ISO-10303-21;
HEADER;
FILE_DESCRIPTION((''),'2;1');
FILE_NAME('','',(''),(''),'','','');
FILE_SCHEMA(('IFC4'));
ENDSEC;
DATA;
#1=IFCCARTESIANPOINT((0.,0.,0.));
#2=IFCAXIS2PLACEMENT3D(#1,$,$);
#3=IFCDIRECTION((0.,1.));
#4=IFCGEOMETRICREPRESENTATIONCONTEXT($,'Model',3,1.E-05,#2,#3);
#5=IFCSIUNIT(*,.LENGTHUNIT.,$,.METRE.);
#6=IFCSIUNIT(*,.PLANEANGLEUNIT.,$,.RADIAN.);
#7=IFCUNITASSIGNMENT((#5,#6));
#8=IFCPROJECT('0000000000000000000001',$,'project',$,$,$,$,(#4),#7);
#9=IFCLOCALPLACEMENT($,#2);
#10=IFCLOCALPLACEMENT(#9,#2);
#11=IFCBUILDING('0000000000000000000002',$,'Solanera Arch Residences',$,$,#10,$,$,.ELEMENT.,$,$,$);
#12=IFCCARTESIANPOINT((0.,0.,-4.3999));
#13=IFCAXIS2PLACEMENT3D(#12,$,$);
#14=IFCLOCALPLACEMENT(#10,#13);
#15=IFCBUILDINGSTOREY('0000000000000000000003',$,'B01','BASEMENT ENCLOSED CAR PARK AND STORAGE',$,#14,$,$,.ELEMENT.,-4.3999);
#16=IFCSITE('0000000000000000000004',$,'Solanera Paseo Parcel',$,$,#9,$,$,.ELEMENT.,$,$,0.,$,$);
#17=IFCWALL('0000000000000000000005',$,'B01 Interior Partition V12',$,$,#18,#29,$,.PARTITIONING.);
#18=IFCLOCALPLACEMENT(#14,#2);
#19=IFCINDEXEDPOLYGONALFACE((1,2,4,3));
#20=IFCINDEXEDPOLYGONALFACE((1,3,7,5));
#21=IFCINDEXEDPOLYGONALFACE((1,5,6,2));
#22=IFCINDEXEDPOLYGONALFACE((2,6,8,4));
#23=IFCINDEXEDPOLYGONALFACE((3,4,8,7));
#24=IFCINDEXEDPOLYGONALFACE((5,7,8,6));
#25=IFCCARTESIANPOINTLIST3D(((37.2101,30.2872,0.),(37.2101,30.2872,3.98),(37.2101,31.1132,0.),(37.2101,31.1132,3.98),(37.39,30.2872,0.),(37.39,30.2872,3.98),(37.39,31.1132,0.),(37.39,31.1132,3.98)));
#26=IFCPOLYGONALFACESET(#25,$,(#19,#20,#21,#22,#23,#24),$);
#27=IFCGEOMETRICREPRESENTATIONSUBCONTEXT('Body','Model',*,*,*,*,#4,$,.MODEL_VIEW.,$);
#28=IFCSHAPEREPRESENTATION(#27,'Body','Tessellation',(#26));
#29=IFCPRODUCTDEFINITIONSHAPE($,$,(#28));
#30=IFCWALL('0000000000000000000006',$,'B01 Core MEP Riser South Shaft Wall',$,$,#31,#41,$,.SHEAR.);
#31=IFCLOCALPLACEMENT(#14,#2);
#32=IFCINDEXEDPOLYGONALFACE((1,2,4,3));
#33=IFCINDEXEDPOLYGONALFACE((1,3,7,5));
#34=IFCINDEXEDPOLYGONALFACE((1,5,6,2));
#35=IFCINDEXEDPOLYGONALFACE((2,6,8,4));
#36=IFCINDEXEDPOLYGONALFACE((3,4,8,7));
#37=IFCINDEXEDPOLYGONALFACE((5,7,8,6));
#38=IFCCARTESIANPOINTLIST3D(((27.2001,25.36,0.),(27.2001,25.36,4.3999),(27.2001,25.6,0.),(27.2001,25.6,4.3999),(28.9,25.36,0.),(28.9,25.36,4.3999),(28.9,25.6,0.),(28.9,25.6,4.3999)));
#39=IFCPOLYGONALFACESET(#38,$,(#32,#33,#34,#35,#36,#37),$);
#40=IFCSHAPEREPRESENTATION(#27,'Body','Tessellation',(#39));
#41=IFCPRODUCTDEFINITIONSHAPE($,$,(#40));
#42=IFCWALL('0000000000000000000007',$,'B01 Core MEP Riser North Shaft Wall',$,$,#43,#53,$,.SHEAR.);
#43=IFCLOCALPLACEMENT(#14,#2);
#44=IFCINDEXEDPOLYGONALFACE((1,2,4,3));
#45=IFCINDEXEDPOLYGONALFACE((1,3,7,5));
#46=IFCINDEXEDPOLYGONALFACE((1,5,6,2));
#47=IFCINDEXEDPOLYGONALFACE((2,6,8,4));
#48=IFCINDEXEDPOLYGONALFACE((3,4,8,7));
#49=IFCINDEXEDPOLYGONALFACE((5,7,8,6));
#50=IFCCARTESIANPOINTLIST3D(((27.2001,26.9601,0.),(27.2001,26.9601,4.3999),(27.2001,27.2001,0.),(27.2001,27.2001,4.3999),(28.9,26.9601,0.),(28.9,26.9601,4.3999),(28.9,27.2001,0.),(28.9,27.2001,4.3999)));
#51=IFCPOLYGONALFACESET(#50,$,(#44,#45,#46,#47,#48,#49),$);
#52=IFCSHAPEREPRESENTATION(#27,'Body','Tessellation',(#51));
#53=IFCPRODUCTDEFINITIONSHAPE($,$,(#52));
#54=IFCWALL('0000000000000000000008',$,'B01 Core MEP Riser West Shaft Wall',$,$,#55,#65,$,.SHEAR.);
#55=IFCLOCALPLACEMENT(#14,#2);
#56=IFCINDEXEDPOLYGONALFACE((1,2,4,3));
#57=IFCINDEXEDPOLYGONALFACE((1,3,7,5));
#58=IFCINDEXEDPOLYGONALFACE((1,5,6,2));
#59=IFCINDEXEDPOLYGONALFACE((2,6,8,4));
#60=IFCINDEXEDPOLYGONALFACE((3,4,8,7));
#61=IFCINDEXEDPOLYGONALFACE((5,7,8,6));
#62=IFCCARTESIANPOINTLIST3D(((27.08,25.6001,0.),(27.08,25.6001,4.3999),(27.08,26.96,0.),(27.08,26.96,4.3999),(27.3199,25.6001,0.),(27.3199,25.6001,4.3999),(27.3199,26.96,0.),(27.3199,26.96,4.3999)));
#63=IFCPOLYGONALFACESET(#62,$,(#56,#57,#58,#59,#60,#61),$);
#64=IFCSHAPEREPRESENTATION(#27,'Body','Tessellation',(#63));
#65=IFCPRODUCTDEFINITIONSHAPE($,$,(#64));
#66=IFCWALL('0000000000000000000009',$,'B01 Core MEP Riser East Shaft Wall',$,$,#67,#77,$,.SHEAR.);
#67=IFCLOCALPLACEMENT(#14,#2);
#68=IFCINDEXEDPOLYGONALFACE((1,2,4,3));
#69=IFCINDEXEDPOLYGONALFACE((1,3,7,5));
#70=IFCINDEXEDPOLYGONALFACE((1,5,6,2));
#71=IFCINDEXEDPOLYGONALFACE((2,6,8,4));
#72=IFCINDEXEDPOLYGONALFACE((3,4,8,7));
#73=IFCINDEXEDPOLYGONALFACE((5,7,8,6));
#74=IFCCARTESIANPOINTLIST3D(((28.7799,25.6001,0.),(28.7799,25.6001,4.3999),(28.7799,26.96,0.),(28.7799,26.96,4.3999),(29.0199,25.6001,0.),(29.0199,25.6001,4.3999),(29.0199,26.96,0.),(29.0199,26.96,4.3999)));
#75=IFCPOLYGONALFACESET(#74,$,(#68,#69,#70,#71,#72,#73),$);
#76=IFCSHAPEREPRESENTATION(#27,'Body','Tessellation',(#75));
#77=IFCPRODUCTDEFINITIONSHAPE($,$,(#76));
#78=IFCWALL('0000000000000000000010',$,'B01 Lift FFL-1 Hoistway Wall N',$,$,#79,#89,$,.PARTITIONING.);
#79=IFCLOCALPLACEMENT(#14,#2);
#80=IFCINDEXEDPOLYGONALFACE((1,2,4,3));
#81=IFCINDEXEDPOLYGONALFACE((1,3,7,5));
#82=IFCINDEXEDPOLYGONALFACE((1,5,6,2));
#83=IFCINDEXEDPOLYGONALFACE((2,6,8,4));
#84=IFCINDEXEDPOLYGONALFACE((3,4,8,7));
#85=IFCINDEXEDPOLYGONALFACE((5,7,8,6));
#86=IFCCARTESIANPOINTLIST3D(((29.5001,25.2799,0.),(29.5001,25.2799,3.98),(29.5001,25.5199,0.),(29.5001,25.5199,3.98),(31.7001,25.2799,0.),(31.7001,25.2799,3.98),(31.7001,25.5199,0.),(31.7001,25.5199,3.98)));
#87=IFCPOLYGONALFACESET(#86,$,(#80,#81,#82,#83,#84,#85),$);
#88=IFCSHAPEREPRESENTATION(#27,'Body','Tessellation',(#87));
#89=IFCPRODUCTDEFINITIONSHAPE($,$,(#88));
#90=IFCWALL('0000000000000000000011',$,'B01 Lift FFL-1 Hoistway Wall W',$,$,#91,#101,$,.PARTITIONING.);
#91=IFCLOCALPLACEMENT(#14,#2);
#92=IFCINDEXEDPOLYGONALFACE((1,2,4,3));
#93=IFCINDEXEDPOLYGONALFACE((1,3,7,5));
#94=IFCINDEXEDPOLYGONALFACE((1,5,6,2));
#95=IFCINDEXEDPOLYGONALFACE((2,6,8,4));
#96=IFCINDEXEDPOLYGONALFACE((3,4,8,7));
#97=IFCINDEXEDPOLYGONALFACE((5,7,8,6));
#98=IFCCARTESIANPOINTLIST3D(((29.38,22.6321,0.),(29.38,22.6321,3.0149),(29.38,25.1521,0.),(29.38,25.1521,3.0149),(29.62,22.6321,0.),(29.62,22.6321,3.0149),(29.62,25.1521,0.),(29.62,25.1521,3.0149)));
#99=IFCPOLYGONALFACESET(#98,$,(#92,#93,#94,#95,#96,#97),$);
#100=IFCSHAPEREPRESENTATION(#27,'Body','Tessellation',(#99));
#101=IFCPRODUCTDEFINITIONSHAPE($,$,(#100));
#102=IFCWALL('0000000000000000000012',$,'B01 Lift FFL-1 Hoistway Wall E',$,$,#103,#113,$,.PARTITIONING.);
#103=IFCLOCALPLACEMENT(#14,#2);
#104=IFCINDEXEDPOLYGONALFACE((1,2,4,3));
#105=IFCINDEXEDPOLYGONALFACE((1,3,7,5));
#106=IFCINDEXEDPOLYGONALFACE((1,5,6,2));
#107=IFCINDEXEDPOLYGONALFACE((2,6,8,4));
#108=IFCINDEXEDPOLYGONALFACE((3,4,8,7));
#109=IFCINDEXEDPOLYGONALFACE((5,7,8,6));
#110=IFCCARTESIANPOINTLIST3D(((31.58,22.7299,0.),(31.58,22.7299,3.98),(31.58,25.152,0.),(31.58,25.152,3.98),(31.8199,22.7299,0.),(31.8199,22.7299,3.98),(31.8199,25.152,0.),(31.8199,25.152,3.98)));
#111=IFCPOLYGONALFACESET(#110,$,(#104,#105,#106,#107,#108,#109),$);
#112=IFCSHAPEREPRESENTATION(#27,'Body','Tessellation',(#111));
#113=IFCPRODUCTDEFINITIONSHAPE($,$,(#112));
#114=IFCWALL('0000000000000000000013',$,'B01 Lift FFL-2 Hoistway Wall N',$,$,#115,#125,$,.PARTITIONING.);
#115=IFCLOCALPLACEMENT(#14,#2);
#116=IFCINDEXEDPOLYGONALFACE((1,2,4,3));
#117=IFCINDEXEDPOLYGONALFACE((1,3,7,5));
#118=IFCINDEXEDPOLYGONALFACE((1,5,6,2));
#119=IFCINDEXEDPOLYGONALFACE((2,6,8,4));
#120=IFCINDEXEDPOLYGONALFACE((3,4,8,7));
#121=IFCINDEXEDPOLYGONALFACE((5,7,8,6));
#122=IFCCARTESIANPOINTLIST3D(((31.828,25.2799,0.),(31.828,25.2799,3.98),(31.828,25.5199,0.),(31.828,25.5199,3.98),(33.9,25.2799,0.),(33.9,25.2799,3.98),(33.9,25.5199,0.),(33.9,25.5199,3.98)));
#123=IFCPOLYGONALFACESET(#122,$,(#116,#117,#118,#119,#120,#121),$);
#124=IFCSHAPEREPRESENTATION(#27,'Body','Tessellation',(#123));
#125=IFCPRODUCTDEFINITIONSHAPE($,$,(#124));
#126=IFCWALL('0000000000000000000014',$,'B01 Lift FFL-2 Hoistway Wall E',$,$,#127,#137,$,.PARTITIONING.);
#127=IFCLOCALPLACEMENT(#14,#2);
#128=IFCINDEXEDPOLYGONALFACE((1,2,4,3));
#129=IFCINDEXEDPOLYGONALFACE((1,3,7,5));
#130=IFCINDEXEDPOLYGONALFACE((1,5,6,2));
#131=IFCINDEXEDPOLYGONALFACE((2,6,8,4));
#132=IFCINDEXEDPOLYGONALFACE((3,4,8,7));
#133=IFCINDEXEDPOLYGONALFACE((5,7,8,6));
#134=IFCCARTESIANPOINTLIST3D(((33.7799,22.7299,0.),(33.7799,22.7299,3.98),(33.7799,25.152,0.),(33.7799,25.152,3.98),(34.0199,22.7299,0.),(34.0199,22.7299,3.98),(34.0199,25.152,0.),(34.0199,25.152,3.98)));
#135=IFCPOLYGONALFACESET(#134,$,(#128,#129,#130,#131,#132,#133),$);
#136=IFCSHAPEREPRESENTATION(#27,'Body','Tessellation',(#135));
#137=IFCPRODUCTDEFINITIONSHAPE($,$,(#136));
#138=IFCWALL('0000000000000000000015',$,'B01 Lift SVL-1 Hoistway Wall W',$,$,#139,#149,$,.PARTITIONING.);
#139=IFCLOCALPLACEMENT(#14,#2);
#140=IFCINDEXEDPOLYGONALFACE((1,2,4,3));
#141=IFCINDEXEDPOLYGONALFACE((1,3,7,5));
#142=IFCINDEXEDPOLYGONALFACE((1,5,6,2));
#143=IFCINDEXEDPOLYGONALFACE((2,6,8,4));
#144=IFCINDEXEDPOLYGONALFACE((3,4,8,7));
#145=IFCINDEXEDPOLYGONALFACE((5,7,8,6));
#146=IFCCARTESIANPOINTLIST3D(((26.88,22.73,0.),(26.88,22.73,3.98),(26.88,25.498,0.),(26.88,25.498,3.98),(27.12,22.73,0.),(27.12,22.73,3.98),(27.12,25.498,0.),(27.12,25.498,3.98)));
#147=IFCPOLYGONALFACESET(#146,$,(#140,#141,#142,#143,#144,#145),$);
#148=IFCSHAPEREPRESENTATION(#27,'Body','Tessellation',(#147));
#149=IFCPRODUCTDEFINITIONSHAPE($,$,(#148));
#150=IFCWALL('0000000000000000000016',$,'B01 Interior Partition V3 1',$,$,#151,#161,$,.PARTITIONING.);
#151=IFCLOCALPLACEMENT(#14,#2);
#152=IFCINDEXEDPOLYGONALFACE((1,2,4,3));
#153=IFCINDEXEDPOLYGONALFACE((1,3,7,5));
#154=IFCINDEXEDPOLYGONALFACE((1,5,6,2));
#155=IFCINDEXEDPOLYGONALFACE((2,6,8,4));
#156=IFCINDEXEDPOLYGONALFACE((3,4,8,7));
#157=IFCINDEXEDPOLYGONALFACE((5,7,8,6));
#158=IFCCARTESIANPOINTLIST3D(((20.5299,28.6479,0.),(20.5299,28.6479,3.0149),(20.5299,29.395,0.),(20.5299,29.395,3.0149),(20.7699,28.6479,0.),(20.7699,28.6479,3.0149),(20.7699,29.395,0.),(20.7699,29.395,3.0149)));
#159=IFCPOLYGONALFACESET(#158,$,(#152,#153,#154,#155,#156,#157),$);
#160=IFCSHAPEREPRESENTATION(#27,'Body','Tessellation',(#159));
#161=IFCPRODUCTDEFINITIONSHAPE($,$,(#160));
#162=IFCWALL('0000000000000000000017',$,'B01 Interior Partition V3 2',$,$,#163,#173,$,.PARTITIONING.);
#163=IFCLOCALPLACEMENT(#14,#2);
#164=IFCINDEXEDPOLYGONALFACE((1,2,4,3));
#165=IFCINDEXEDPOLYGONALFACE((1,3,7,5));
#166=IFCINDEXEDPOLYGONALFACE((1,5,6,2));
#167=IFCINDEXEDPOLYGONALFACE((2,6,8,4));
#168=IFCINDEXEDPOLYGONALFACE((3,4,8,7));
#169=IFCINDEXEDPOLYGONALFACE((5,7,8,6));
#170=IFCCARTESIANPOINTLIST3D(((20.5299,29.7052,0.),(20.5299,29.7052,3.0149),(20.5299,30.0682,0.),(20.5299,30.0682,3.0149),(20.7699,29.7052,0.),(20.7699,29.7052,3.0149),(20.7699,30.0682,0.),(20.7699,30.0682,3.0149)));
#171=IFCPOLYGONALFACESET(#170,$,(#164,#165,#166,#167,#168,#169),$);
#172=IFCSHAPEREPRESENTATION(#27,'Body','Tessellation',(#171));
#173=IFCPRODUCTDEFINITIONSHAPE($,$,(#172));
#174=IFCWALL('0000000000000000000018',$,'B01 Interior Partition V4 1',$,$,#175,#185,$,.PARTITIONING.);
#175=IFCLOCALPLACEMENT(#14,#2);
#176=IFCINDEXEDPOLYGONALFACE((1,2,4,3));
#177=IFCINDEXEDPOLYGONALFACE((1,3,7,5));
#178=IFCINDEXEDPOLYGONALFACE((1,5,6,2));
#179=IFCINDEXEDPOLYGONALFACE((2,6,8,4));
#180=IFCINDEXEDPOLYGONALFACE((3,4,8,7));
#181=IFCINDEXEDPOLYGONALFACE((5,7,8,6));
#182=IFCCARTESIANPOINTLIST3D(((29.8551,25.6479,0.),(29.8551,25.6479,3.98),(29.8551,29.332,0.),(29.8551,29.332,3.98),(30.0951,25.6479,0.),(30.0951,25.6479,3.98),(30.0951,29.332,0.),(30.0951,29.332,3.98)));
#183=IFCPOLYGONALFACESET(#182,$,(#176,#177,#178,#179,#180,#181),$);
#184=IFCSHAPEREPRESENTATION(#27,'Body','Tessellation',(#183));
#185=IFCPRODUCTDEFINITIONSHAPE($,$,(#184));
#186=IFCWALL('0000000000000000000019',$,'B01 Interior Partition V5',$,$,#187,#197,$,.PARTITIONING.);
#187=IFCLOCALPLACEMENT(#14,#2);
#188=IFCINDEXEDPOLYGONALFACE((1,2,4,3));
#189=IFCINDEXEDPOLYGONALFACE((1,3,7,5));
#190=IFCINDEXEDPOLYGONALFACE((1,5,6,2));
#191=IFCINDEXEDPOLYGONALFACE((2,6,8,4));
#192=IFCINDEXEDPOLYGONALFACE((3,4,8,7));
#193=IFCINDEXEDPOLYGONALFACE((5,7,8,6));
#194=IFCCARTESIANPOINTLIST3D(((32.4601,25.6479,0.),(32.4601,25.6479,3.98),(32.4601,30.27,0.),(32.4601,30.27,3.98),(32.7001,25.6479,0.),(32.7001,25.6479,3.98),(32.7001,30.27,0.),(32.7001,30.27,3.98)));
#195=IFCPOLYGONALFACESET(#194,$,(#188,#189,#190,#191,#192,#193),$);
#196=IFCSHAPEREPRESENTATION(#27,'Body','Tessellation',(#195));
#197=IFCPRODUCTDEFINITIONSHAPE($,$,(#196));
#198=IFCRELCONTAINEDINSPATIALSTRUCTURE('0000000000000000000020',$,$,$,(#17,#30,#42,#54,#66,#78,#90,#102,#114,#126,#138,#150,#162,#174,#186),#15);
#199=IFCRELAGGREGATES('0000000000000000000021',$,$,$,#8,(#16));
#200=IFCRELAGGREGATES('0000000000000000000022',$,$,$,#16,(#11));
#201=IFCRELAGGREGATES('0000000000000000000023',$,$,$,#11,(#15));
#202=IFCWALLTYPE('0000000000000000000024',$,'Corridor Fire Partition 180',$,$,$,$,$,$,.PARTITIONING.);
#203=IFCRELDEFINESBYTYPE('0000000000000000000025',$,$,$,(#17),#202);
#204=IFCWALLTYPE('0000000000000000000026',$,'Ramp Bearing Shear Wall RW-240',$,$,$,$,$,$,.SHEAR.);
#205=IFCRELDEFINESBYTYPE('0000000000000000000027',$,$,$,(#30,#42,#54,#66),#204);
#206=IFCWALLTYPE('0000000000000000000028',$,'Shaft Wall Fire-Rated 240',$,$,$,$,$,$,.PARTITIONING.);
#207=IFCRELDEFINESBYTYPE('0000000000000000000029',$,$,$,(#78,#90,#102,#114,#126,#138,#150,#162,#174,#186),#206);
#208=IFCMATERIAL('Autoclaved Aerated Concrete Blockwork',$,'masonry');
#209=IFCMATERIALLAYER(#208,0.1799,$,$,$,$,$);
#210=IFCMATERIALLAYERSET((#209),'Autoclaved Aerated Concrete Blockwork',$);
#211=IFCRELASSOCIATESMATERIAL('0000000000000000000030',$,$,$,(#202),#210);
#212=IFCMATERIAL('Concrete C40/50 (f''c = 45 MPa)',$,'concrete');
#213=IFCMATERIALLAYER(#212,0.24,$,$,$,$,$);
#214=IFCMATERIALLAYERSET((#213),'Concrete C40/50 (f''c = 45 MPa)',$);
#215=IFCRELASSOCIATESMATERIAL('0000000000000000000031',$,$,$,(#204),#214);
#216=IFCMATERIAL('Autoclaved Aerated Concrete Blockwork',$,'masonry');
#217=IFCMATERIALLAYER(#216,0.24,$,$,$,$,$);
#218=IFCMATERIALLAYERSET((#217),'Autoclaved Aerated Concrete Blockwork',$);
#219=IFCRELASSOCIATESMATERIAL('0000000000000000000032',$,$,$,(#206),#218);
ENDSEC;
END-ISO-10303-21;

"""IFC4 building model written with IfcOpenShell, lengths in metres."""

from ifc_helpers import new_model, si_unit, direction, frame, frame_2d, origin, place, context, subcontext, project, spatial, rectangle, extrude, material, layer, layer_set, type_object, element, save


model = new_model("IFC4")

# Units and contexts
model_context = context("Model", 3, precision=1e-05, world=origin(), true_north=direction((0.0, 1.0)))
body_context = subcontext(model_context, "Body", "Model", "MODEL_VIEW")
ifc_project = project(units=[si_unit("LENGTHUNIT", "METRE"), si_unit("PLANEANGLEUNIT", "RADIAN")], contexts=[model_context])

# Site, building, storey
site_placement = place(None, origin())
site = spatial("IfcSite", under=ifc_project, at=site_placement, Name="Solanera Paseo Parcel", CompositionType="ELEMENT", RefElevation=0.0)
building_placement = place(site_placement, origin())
building = spatial("IfcBuilding", under=site, at=building_placement, Name="Solanera Arch Residences", CompositionType="ELEMENT")
storey_placement = place(building_placement, frame((0.0, 0.0, -4.3999)))
storey = spatial("IfcBuildingStorey", under=building, at=storey_placement, Name="B01", Description="BASEMENT ENCLOSED CAR PARK AND STORAGE", CompositionType="ELEMENT", Elevation=-4.3999)

# Walls
ifc_material_1 = material(Name="Autoclaved Aerated Concrete Blockwork", Category="masonry")
ifc_layer_1 = layer(ifc_material_1, 0.1799)
ifc_layer_set_1 = layer_set([ifc_layer_1], Name="Autoclaved Aerated Concrete Blockwork")
wall_type_1 = type_object("IfcWallType", Name="Corridor Fire Partition 180", PredefinedType="PARTITIONING", material=ifc_layer_set_1)
wall_1_placement = place(storey_placement, frame((37.3, 30.2871, 0.0), z_axis=(0.0, 0.0, 1.0), x_axis=(0.0, 1.0, 0.0)))
element("IfcWall", 1, at=wall_1_placement, inside=storey, type_object=wall_type_1, Name="B01 Interior Partition V12", PredefinedType="PARTITIONING", context=body_context, shape_type="SweptSolid", body=[
    extrude(rectangle(XDim=0.8259, YDim=0.1799, at=frame_2d((0.4131, 0.0))), origin(), (0.0, 0.0, 1.0), 3.98),
])
ifc_material_2 = material(Name="Concrete C40/50 (f'c = 45 MPa)", Category="concrete")
ifc_layer_2 = layer(ifc_material_2, 0.24)
ifc_layer_set_2 = layer_set([ifc_layer_2], Name="Concrete C40/50 (f'c = 45 MPa)")
wall_type_2 = type_object("IfcWallType", Name="Ramp Bearing Shear Wall RW-240", PredefinedType="SHEAR", material=ifc_layer_set_2)
for number, where, z_axis, x_axis, name in (
    (2, (27.2, 25.48, 0.0), (0.0, 0.0, 1.0), (1.0, 0.0, 0.0), "B01 Core MEP Riser South Shaft Wall"),
    (3, (27.2, 27.0801, 0.0), (0.0, 0.0, 1.0), (1.0, 0.0, 0.0), "B01 Core MEP Riser North Shaft Wall"),
):
    element("IfcWall", number, at=place(storey_placement, frame(where, z_axis=z_axis, x_axis=x_axis)), inside=storey, type_object=wall_type_2, Name=name, PredefinedType="SHEAR", context=body_context, shape_type="SweptSolid", body=[
        extrude(rectangle(XDim=1.7, YDim=0.24, at=frame_2d((0.8501, 0.0))), origin(), (0.0, 0.0, 1.0), 4.3999),
    ])
for number, where, z_axis, x_axis, name in (
    (4, (27.2, 25.6001, 0.0), (0.0, 0.0, 1.0), (0.0, 1.0, 0.0), "B01 Core MEP Riser West Shaft Wall"),
    (5, (28.8999, 25.6001, 0.0), (0.0, 0.0, 1.0), (0.0, 1.0, 0.0), "B01 Core MEP Riser East Shaft Wall"),
):
    element("IfcWall", number, at=place(storey_placement, frame(where, z_axis=z_axis, x_axis=x_axis)), inside=storey, type_object=wall_type_2, Name=name, PredefinedType="SHEAR", context=body_context, shape_type="SweptSolid", body=[
        extrude(rectangle(XDim=1.3599, YDim=0.24, at=frame_2d((0.6799, 0.0))), origin(), (0.0, 0.0, 1.0), 4.3999),
    ])
ifc_material_3 = material(Name="Autoclaved Aerated Concrete Blockwork", Category="masonry")
ifc_layer_3 = layer(ifc_material_3, 0.24)
ifc_layer_set_3 = layer_set([ifc_layer_3], Name="Autoclaved Aerated Concrete Blockwork")
wall_type_3 = type_object("IfcWallType", Name="Shaft Wall Fire-Rated 240", PredefinedType="PARTITIONING", material=ifc_layer_set_3)
wall_2_placement = place(storey_placement, frame((29.5, 25.3999, 0.0), z_axis=(0.0, 0.0, 1.0), x_axis=(1.0, 0.0, 0.0)))
element("IfcWall", 6, at=wall_2_placement, inside=storey, type_object=wall_type_3, Name="B01 Lift FFL-1 Hoistway Wall N", PredefinedType="PARTITIONING", context=body_context, shape_type="SweptSolid", body=[
    extrude(rectangle(XDim=2.2, YDim=0.24, at=frame_2d((1.1001, 0.0))), origin(), (0.0, 0.0, 1.0), 3.98),
])
wall_3_placement = place(storey_placement, frame((29.5, 22.6321, 0.0), z_axis=(0.0, 0.0, 1.0), x_axis=(0.0, 1.0, 0.0)))
element("IfcWall", 7, at=wall_3_placement, inside=storey, type_object=wall_type_3, Name="B01 Lift FFL-1 Hoistway Wall W", PredefinedType="PARTITIONING", context=body_context, shape_type="SweptSolid", body=[
    extrude(rectangle(XDim=2.52, YDim=0.24, at=frame_2d((1.26, 0.0))), origin(), (0.0, 0.0, 1.0), 3.0149),
])
wall_4_placement = place(storey_placement, frame((31.7, 22.73, 0.0), z_axis=(0.0, 0.0, 1.0), x_axis=(0.0, 1.0, 0.0)))
element("IfcWall", 8, at=wall_4_placement, inside=storey, type_object=wall_type_3, Name="B01 Lift FFL-1 Hoistway Wall E", PredefinedType="PARTITIONING", context=body_context, shape_type="SweptSolid", body=[
    extrude(rectangle(XDim=2.4221, YDim=0.24, at=frame_2d((1.2109, 0.0))), origin(), (0.0, 0.0, 1.0), 3.98),
])
wall_5_placement = place(storey_placement, frame((31.8279, 25.3999, 0.0), z_axis=(0.0, 0.0, 1.0), x_axis=(1.0, 0.0, 0.0)))
element("IfcWall", 9, at=wall_5_placement, inside=storey, type_object=wall_type_3, Name="B01 Lift FFL-2 Hoistway Wall N", PredefinedType="PARTITIONING", context=body_context, shape_type="SweptSolid", body=[
    extrude(rectangle(XDim=2.072, YDim=0.24, at=frame_2d((1.0361, 0.0))), origin(), (0.0, 0.0, 1.0), 3.98),
])
wall_6_placement = place(storey_placement, frame((33.8999, 22.73, 0.0), z_axis=(0.0, 0.0, 1.0), x_axis=(0.0, 1.0, 0.0)))
element("IfcWall", 10, at=wall_6_placement, inside=storey, type_object=wall_type_3, Name="B01 Lift FFL-2 Hoistway Wall E", PredefinedType="PARTITIONING", context=body_context, shape_type="SweptSolid", body=[
    extrude(rectangle(XDim=2.4221, YDim=0.24, at=frame_2d((1.2109, 0.0))), origin(), (0.0, 0.0, 1.0), 3.98),
])
wall_7_placement = place(storey_placement, frame((27.0, 22.73, 0.0), z_axis=(0.0, 0.0, 1.0), x_axis=(0.0, 1.0, 0.0)))
element("IfcWall", 11, at=wall_7_placement, inside=storey, type_object=wall_type_3, Name="B01 Lift SVL-1 Hoistway Wall W", PredefinedType="PARTITIONING", context=body_context, shape_type="SweptSolid", body=[
    extrude(rectangle(XDim=2.7681, YDim=0.24, at=frame_2d((1.384, 0.0))), origin(), (0.0, 0.0, 1.0), 3.98),
])
wall_8_placement = place(storey_placement, frame((20.6499, 28.6479, 0.0), z_axis=(0.0, 0.0, 1.0), x_axis=(0.0, 1.0, 0.0)))
element("IfcWall", 12, at=wall_8_placement, inside=storey, type_object=wall_type_3, Name="B01 Interior Partition V3 1", PredefinedType="PARTITIONING", context=body_context, shape_type="SweptSolid", body=[
    extrude(rectangle(XDim=0.7471, YDim=0.24, at=frame_2d((0.3735, 0.0))), origin(), (0.0, 0.0, 1.0), 3.0149),
])
wall_9_placement = place(storey_placement, frame((20.6499, 29.7051, 0.0), z_axis=(0.0, 0.0, 1.0), x_axis=(0.0, 1.0, 0.0)))
element("IfcWall", 13, at=wall_9_placement, inside=storey, type_object=wall_type_3, Name="B01 Interior Partition V3 2", PredefinedType="PARTITIONING", context=body_context, shape_type="SweptSolid", body=[
    extrude(rectangle(XDim=0.363, YDim=0.24, at=frame_2d((0.1816, 0.0))), origin(), (0.0, 0.0, 1.0), 3.0149),
])
wall_10_placement = place(storey_placement, frame((29.9751, 25.6479, 0.0), z_axis=(0.0, 0.0, 1.0), x_axis=(0.0, 1.0, 0.0)))
element("IfcWall", 14, at=wall_10_placement, inside=storey, type_object=wall_type_3, Name="B01 Interior Partition V4 1", PredefinedType="PARTITIONING", context=body_context, shape_type="SweptSolid", body=[
    extrude(rectangle(XDim=3.6841, YDim=0.24, at=frame_2d((1.842, 0.0))), origin(), (0.0, 0.0, 1.0), 3.98),
])

# Wall
wall_11_placement = place(storey_placement, frame((32.5801, 25.6479, 0.0), z_axis=(0.0, 0.0, 1.0), x_axis=(0.0, 1.0, 0.0)))
element("IfcWall", 15, at=wall_11_placement, inside=storey, type_object=wall_type_3, Name="B01 Interior Partition V5", PredefinedType="PARTITIONING", context=body_context, shape_type="SweptSolid", body=[
    extrude(rectangle(XDim=4.6221, YDim=0.24, at=frame_2d((2.311, 0.0))), origin(), (0.0, 0.0, 1.0), 3.98),
])

save(model, "model.ifc")
